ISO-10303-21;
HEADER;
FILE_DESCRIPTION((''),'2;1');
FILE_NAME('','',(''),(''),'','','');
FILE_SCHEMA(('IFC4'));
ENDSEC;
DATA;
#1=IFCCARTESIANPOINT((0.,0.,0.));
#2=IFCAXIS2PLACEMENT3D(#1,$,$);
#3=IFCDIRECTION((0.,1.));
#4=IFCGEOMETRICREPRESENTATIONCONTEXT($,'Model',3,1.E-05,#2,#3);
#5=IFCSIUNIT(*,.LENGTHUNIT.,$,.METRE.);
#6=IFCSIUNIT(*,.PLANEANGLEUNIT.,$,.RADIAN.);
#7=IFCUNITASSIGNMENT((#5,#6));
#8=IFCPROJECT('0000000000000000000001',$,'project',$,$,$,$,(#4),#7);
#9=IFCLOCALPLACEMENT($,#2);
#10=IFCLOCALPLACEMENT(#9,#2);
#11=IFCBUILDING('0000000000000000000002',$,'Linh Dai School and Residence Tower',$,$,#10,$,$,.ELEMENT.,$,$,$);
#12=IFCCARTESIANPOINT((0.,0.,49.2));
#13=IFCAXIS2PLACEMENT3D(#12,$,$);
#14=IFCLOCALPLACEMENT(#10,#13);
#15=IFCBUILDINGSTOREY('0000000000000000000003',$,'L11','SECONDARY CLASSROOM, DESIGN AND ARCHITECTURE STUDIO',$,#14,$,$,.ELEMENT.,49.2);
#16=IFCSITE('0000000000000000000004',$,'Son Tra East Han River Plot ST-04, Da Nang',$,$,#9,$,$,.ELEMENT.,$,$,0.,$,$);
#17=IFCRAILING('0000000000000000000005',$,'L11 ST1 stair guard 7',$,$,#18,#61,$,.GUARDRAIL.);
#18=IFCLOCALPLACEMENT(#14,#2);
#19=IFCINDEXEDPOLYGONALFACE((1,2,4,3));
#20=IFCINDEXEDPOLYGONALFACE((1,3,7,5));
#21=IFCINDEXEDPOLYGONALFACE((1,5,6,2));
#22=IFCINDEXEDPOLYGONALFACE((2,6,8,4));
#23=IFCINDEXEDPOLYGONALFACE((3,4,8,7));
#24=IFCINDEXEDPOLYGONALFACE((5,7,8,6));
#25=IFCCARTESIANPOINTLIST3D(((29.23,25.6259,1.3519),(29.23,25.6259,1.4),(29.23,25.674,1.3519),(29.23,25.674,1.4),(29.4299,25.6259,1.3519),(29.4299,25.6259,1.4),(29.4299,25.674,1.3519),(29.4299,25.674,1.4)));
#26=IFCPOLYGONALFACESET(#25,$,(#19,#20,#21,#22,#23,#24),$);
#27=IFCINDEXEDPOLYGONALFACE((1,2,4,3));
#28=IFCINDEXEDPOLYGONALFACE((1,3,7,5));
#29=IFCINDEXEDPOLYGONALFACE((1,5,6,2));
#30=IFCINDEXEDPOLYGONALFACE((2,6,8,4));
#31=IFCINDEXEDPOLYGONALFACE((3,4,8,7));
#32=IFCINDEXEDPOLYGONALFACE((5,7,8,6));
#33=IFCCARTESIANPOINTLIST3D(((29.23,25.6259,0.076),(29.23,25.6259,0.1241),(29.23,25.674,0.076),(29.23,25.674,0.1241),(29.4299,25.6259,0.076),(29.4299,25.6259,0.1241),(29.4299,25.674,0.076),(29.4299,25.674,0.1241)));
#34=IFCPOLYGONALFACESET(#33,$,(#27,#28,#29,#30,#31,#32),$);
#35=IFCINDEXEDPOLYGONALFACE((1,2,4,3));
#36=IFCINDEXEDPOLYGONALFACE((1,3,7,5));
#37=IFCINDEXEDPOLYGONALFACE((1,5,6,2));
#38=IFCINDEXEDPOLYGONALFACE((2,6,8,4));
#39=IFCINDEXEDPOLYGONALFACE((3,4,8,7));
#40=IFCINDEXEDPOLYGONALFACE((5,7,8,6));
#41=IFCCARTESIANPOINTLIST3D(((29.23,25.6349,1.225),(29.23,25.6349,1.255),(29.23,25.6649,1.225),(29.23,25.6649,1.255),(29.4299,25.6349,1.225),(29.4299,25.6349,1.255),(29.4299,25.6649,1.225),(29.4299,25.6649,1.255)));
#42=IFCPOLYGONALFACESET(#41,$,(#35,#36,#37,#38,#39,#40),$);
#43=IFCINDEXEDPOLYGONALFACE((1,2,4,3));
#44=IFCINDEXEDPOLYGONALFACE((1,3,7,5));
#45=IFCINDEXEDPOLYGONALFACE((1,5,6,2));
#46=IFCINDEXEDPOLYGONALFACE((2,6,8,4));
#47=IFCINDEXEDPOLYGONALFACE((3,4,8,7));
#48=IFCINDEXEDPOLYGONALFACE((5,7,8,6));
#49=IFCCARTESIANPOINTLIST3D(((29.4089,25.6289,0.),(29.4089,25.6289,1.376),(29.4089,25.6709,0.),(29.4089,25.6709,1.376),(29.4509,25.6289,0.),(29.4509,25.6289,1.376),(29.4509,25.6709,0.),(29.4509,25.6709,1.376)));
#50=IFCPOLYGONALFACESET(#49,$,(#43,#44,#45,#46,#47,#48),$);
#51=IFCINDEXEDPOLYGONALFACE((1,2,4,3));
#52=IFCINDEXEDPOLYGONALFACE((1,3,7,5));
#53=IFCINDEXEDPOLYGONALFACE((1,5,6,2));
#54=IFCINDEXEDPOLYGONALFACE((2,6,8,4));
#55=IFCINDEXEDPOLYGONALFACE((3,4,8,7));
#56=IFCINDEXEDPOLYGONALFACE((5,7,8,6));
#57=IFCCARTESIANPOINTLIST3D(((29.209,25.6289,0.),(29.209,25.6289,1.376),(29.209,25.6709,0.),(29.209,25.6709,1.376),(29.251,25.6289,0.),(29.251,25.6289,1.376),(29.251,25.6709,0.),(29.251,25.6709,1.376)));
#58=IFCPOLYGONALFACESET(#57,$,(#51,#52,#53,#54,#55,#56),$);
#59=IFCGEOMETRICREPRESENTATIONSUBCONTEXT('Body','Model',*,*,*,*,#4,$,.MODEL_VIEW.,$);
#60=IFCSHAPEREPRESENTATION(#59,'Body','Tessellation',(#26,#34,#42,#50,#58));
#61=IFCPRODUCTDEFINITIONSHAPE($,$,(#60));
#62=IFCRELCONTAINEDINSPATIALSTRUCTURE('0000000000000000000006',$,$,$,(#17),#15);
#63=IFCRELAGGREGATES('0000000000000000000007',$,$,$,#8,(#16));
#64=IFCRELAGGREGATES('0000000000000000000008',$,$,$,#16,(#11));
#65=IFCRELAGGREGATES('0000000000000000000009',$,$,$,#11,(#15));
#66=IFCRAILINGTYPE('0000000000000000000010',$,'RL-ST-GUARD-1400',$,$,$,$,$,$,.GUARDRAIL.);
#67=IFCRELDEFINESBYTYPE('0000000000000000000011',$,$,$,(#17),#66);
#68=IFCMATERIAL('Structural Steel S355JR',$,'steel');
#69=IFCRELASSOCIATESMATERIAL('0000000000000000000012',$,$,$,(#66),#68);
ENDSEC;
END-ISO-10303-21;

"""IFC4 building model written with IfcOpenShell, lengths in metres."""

from ifc_helpers import new_model, si_unit, direction, frame, origin, origin_2d, place, context, subcontext, project, spatial, rectangle, extrude, source, transform, mapped, material, type_object, element, save


model = new_model("IFC4")

# Units and contexts
model_context = context("Model", 3, precision=1e-05, world=origin(), true_north=direction((0.0, 1.0)))
body_context = subcontext(model_context, "Body", "Model", "MODEL_VIEW")
ifc_project = project(units=[si_unit("LENGTHUNIT", "METRE"), si_unit("PLANEANGLEUNIT", "RADIAN")], contexts=[model_context])

# Site, building, storey
site_placement = place(None, origin())
site = spatial("IfcSite", under=ifc_project, at=site_placement, Name="Son Tra East Han River Plot ST-04, Da Nang", CompositionType="ELEMENT", RefElevation=0.0)
building_placement = place(site_placement, origin())
building = spatial("IfcBuilding", under=site, at=building_placement, Name="Linh Dai School and Residence Tower", CompositionType="ELEMENT")
storey_placement = place(building_placement, frame((0.0, 0.0, 49.2)))
storey = spatial("IfcBuildingStorey", under=building, at=storey_placement, Name="L11", Description="SECONDARY CLASSROOM, DESIGN AND ARCHITECTURE STUDIO", CompositionType="ELEMENT", Elevation=49.2)

# Shared definitions
ifc_material_1 = material(Name="Structural Steel S355JR", Category="steel")

# Railing
railing_type_1 = type_object("IfcRailingType", Name="RL-ST-GUARD-1400", PredefinedType="GUARDRAIL", material=ifc_material_1)
shared_shape_1 = source(origin(), body_context, "Body", "SweptSolid", [
    extrude(rectangle(XDim=0.0481, YDim=0.0481, at=origin_2d()), frame((0.0, 0.0, 1.376), z_axis=(-1.0, 0.0, 0.0), x_axis=(0.0, -1.0, 0.0)), (0.0, 0.0, 1.0), 0.2),
    extrude(rectangle(XDim=0.0481, YDim=0.0481, at=origin_2d()), frame((0.0, 0.0, 0.1001), z_axis=(-1.0, 0.0, 0.0), x_axis=(0.0, -1.0, 0.0)), (0.0, 0.0, 1.0), 0.2),
    extrude(rectangle(XDim=0.03, YDim=0.03, at=origin_2d()), frame((0.0, 0.0, 1.24), z_axis=(-1.0, 0.0, 0.0), x_axis=(0.0, -1.0, 0.0)), (0.0, 0.0, 1.0), 0.2),
    extrude(rectangle(XDim=0.042, YDim=0.042, at=origin_2d()), origin(), (0.0, 0.0, 1.0), 1.376),
    extrude(rectangle(XDim=0.042, YDim=0.042, at=origin_2d()), frame((-0.2, 0.0, 0.0)), (0.0, 0.0, 1.0), 1.376),
])
railing_1_placement = place(storey_placement, frame((29.4299, 25.6499, 0.0)))
element("IfcRailing", 1, at=railing_1_placement, inside=storey, type_object=railing_type_1, Name="L11 ST1 stair guard 7", PredefinedType="GUARDRAIL", context=body_context, shape_type="MappedRepresentation", body=[
    mapped(shared_shape_1, transform((0.0, 0.0, 0.0), x_axis=(1.0, 0.0, 0.0), y_axis=(0.0, 1.0, 0.0), z_axis=(0.0, 0.0, 1.0), scale=1.0)),
])

save(model, "model.ifc")
